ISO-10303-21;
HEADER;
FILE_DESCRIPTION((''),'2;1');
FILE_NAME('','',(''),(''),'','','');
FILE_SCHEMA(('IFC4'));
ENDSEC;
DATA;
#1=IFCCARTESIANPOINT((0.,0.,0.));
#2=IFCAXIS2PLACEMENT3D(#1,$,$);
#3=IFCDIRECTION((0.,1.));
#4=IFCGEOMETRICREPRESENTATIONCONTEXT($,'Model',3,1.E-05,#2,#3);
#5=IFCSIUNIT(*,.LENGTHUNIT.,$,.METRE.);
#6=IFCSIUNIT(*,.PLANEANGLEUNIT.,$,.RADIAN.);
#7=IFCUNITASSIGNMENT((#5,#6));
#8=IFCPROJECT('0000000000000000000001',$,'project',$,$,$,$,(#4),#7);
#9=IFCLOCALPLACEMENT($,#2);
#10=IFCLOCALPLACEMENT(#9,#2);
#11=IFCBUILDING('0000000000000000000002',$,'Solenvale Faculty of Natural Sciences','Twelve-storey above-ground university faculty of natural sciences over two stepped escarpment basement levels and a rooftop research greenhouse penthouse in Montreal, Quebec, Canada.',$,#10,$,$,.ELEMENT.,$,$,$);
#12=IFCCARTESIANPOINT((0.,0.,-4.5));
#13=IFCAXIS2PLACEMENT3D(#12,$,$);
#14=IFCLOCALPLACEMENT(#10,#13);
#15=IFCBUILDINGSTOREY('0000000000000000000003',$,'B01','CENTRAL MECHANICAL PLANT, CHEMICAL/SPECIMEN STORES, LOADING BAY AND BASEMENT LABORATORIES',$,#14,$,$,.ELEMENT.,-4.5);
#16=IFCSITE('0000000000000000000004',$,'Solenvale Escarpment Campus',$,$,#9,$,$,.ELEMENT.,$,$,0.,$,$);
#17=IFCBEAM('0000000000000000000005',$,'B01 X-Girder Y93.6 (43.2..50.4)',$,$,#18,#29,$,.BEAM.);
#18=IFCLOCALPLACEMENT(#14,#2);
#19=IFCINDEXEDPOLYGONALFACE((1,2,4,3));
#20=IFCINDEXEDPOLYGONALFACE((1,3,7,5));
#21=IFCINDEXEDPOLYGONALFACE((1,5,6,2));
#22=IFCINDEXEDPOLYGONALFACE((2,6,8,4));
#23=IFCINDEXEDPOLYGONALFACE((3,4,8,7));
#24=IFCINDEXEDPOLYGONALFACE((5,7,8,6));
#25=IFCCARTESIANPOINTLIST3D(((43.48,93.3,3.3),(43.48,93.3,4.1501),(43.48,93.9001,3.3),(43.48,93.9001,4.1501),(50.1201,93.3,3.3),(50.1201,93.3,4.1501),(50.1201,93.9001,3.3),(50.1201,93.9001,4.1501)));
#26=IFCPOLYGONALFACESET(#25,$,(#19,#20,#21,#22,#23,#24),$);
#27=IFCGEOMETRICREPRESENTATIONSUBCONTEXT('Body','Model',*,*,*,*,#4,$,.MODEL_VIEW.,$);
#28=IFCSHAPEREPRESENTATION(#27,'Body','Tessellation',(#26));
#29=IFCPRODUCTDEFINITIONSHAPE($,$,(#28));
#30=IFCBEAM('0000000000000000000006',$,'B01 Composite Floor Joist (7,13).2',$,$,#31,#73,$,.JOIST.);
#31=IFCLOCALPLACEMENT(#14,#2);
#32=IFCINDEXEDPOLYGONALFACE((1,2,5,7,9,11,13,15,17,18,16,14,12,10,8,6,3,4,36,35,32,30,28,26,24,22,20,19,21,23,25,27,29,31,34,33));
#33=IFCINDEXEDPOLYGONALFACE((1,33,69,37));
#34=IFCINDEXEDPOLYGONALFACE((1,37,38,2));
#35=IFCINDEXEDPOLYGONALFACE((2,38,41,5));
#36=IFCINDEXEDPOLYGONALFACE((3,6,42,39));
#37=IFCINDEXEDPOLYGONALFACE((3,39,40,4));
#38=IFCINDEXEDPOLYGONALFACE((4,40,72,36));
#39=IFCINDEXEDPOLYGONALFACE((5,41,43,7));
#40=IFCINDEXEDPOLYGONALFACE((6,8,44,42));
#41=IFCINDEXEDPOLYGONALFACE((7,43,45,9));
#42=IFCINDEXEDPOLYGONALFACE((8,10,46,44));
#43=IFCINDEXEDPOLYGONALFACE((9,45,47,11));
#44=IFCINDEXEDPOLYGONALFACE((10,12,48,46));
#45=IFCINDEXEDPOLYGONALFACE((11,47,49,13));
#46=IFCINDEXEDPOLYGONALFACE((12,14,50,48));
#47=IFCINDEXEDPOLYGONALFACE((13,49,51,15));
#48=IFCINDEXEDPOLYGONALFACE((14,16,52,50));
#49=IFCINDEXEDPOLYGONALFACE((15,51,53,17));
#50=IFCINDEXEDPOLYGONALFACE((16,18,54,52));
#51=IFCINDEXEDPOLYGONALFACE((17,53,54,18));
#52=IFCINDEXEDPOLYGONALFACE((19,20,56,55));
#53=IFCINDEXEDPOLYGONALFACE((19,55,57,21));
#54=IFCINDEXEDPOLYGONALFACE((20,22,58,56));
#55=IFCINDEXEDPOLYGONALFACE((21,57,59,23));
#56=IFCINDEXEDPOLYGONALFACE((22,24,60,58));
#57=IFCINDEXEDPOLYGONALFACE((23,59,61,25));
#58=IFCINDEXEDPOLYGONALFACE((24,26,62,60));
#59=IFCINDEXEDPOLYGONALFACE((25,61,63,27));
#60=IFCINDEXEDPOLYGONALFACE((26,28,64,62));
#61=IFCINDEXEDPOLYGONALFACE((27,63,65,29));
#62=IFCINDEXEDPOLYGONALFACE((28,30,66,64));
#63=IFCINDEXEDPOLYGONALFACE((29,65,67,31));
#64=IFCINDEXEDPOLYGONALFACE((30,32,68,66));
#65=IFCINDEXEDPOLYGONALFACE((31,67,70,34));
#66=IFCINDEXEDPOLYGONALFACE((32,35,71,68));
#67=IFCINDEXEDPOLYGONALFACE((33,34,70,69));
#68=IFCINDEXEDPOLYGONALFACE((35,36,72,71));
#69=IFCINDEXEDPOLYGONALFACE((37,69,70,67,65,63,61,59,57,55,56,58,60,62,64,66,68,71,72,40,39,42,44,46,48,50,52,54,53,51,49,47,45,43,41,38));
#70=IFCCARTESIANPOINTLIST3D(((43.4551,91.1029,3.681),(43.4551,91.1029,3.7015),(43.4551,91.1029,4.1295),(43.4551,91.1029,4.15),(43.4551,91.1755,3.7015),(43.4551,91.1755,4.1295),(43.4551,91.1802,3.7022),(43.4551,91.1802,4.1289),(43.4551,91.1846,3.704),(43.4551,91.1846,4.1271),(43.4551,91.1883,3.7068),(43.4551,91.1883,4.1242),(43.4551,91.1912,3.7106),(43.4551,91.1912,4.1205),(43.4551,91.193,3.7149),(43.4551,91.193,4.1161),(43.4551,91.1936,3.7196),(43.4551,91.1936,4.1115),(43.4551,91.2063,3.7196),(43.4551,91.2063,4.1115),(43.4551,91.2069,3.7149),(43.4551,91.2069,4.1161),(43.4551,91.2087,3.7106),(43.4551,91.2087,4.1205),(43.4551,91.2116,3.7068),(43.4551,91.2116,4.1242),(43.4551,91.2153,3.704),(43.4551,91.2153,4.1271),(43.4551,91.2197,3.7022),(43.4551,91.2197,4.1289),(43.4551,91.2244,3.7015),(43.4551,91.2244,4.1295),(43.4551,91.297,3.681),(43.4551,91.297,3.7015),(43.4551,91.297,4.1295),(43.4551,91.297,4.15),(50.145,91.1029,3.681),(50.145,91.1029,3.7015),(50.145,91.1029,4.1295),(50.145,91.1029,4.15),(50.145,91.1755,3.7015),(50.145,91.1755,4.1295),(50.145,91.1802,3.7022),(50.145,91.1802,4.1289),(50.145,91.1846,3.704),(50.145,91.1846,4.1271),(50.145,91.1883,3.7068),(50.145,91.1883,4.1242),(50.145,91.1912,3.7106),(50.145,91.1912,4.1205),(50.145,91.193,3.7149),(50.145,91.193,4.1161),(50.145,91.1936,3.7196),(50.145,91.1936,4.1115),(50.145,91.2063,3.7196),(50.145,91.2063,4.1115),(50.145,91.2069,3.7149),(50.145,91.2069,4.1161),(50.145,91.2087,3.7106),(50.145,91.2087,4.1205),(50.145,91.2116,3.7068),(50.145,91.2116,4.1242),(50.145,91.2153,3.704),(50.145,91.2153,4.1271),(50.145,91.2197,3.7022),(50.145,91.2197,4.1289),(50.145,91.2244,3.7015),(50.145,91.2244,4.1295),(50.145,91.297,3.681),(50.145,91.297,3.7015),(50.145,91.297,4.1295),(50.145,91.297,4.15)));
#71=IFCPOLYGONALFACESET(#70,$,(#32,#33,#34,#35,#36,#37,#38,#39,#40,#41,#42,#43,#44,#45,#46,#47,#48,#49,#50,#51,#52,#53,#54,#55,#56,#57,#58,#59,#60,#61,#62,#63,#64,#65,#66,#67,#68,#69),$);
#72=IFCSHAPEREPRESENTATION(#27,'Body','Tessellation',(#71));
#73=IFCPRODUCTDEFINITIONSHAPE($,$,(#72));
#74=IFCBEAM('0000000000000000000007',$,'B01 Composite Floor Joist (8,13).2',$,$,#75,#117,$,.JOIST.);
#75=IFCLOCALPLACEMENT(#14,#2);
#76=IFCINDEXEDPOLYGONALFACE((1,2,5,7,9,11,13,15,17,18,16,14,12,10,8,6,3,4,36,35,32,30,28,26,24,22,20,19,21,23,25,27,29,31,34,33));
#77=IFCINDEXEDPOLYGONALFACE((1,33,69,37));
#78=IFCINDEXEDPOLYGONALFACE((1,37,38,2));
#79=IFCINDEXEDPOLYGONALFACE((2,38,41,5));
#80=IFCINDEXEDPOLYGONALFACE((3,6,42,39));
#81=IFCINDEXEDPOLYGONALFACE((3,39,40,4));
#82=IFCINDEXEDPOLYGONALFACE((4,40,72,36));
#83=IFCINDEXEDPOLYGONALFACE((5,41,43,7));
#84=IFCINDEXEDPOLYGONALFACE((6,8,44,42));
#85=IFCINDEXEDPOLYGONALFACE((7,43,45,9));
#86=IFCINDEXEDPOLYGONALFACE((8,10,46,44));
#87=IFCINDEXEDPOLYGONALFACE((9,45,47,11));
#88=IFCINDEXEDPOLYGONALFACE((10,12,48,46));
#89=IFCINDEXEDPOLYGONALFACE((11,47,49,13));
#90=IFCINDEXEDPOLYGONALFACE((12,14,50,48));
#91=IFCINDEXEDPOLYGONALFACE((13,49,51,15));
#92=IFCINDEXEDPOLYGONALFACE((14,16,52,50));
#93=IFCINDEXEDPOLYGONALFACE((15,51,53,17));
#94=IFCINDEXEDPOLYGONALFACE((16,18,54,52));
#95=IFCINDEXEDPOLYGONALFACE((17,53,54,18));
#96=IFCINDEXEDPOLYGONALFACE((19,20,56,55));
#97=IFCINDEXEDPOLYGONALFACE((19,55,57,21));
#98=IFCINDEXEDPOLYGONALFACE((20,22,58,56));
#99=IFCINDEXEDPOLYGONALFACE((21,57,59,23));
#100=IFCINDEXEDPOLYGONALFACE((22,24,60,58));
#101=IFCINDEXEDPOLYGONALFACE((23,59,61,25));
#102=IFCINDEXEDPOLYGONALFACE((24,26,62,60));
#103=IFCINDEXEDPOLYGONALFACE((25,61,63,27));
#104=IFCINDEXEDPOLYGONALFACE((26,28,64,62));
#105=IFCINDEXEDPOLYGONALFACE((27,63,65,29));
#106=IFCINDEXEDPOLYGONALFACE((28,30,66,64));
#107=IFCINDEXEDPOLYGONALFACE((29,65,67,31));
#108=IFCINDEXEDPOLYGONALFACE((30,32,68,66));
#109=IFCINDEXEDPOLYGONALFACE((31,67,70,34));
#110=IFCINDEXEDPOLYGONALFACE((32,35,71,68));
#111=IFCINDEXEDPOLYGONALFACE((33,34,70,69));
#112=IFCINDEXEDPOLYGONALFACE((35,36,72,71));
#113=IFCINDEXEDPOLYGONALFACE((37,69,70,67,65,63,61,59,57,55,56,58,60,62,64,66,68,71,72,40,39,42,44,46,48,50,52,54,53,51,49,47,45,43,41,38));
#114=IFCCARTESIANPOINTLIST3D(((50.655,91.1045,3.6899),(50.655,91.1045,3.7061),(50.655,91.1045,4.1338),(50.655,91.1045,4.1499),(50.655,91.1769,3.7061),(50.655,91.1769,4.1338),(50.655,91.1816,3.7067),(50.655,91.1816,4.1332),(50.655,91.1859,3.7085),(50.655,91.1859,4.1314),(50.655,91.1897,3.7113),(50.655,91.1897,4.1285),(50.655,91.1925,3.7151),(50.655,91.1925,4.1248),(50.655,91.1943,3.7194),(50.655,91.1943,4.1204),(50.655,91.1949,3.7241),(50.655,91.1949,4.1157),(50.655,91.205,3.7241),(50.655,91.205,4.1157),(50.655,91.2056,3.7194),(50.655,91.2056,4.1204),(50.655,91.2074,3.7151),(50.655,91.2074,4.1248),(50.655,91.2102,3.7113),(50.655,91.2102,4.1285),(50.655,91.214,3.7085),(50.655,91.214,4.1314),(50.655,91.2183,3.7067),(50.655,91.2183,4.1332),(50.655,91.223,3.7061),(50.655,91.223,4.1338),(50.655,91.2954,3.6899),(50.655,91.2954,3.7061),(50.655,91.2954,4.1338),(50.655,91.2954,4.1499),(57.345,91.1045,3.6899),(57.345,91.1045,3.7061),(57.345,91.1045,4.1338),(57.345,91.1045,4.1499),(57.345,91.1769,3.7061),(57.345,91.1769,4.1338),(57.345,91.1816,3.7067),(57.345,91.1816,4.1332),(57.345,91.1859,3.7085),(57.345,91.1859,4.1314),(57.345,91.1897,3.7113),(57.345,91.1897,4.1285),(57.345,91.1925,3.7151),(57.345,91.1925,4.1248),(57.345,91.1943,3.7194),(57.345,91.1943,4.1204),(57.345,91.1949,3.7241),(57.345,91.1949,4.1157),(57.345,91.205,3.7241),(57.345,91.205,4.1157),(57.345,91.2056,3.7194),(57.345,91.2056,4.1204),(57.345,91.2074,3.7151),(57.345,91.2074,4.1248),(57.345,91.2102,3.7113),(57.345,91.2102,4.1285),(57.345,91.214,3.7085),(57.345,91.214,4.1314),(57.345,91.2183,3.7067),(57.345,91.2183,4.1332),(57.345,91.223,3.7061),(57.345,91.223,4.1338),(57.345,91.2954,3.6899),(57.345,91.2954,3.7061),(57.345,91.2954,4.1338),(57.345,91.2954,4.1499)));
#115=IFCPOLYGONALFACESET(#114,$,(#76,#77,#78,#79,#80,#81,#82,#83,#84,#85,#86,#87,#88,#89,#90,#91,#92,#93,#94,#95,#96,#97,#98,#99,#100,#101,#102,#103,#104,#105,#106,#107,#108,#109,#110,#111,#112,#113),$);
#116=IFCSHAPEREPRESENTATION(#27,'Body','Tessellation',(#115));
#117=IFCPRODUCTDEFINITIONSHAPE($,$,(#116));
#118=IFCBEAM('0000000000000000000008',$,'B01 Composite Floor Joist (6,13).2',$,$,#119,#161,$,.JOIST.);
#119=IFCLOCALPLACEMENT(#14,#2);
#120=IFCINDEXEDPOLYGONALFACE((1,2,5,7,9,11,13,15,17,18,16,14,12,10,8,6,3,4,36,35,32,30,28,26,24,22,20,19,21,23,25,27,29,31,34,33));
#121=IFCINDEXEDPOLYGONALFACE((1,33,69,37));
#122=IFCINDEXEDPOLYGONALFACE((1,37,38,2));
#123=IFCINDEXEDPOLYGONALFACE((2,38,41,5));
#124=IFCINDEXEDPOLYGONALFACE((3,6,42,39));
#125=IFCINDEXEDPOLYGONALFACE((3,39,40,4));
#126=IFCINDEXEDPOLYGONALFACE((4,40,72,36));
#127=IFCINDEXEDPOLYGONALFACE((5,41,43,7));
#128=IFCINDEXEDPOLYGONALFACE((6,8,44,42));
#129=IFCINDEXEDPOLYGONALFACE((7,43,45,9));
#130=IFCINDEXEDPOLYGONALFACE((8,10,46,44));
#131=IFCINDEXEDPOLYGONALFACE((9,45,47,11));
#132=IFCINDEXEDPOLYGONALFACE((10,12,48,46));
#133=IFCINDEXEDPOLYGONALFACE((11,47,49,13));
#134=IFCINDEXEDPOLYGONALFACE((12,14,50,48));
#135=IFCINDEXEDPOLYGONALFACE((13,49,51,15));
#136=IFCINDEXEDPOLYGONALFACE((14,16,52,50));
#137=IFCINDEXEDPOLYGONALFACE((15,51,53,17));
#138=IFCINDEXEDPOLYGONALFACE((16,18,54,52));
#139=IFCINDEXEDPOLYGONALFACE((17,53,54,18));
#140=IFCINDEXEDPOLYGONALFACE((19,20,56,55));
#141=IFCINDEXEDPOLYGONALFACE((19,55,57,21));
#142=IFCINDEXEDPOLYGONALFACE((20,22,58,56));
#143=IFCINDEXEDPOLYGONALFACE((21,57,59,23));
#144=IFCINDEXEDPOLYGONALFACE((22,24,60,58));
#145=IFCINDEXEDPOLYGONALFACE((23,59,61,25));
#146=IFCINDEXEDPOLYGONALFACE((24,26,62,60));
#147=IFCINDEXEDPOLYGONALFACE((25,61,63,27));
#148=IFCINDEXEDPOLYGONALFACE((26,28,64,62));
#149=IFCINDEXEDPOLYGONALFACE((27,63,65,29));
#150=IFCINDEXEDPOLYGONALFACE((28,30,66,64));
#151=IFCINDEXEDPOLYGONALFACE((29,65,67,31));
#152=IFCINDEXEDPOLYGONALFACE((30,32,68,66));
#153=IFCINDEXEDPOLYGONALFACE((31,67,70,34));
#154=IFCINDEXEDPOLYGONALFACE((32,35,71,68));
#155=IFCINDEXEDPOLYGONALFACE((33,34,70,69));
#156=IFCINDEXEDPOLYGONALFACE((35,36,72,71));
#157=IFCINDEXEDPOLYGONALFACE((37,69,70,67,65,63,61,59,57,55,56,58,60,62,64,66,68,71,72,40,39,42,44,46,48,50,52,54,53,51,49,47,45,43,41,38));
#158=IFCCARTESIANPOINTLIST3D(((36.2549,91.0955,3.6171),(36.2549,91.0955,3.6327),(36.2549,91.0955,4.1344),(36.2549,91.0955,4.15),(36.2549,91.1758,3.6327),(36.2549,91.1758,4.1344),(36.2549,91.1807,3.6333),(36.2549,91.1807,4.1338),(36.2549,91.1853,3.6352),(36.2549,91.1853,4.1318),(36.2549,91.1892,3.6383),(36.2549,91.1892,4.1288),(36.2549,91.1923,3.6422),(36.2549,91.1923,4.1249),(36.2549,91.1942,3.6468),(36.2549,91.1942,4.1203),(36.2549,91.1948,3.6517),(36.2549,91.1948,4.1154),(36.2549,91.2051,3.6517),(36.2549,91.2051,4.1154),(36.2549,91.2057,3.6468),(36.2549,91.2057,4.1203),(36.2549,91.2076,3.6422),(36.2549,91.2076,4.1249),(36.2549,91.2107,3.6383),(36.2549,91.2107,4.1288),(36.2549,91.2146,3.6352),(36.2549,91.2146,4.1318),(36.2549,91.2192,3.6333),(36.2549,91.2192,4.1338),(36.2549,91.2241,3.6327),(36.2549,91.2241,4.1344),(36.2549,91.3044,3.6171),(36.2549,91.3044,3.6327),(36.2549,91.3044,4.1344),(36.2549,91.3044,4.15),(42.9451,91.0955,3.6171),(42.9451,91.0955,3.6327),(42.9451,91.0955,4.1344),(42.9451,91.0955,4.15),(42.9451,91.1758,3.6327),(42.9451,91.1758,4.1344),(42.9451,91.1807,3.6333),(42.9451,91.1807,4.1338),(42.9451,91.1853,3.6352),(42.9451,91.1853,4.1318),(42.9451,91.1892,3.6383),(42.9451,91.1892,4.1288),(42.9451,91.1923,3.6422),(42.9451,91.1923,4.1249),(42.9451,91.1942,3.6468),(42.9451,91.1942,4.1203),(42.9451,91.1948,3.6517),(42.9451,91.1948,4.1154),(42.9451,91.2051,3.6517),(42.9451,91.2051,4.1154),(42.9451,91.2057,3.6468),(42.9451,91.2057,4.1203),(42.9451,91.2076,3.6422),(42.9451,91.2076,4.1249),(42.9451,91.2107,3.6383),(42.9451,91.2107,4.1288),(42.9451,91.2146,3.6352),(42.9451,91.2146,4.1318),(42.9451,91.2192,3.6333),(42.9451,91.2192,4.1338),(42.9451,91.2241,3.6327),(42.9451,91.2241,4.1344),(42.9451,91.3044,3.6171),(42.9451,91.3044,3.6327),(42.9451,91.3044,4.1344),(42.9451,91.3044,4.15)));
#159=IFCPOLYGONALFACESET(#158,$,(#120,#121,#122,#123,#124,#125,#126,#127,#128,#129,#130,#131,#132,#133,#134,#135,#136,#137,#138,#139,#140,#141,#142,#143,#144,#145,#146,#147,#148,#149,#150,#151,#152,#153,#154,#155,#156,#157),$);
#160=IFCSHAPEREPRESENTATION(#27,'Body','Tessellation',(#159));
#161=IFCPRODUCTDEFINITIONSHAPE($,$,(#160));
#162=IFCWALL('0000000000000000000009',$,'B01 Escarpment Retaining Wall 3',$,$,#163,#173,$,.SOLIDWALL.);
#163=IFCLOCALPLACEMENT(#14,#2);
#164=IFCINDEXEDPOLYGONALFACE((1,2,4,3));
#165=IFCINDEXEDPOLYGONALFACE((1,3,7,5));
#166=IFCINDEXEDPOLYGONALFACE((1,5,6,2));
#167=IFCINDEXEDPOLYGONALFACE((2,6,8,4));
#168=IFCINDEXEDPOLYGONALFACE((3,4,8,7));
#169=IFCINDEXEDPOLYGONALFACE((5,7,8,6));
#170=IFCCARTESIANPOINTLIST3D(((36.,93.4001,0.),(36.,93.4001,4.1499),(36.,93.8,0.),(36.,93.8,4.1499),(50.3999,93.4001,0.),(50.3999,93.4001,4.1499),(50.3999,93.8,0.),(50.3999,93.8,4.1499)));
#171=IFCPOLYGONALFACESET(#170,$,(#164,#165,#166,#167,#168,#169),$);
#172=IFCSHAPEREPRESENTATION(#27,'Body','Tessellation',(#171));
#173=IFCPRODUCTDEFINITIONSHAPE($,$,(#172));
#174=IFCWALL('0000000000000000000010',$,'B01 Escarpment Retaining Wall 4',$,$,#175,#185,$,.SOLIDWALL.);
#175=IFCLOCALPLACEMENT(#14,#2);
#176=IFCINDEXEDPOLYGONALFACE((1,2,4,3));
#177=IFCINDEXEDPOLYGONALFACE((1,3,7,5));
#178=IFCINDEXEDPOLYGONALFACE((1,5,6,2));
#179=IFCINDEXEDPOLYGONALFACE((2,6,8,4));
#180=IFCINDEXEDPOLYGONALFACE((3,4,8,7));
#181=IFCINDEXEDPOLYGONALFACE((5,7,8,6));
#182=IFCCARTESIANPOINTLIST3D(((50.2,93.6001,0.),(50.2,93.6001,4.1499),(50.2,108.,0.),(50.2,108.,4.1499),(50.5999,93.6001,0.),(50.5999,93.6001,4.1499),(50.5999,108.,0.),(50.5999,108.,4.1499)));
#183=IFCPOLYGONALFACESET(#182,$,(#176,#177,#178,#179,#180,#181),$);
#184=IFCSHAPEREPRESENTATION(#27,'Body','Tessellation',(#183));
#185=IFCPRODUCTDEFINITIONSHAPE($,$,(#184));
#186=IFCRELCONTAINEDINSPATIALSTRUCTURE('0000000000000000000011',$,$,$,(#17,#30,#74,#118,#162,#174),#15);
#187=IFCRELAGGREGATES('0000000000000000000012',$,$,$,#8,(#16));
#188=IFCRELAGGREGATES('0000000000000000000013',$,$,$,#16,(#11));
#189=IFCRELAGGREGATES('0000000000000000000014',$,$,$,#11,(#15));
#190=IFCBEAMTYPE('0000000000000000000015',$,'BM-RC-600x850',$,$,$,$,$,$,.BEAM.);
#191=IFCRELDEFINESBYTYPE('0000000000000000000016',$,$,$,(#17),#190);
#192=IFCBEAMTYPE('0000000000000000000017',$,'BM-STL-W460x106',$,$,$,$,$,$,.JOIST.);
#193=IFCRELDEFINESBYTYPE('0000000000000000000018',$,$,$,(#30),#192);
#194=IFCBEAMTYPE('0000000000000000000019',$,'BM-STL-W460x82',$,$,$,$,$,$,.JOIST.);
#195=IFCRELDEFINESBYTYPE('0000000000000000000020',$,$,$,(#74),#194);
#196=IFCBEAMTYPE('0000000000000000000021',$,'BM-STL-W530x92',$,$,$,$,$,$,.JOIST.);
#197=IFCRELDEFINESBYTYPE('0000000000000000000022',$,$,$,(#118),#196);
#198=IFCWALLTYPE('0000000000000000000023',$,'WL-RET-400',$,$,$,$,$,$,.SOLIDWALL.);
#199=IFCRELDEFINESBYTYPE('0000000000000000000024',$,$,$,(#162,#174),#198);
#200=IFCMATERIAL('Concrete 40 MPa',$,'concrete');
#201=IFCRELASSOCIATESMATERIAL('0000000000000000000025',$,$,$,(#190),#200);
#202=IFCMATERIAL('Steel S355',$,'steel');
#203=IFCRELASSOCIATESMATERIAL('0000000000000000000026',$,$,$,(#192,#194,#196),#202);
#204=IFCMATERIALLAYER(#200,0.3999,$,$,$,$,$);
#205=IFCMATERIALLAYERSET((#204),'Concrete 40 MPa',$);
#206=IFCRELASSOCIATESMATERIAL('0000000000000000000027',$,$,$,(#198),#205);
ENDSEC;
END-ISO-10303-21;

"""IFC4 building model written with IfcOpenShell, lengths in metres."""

from ifc_helpers import new_model, si_unit, direction, frame, frame_2d, origin, origin_2d, place, context, subcontext, project, spatial, rectangle, i_section, extrude, material, layer, layer_set, material_profile, profile_set, type_object, element, save


model = new_model("IFC4")

# Units and contexts
model_context = context("Model", 3, precision=1e-05, world=origin(), true_north=direction((0.0, 1.0)))
body_context = subcontext(model_context, "Body", "Model", "MODEL_VIEW")
ifc_project = project(units=[si_unit("LENGTHUNIT", "METRE"), si_unit("PLANEANGLEUNIT", "RADIAN")], contexts=[model_context])

# Site, building, storey
site_placement = place(None, origin())
site = spatial("IfcSite", under=ifc_project, at=site_placement, Name="Solenvale Escarpment Campus", CompositionType="ELEMENT", RefElevation=0.0)
building_placement = place(site_placement, origin())
building = spatial("IfcBuilding", under=site, at=building_placement, Name="Solenvale Faculty of Natural Sciences", Description="Twelve-storey above-ground university faculty of natural sciences over two stepped escarpment basement levels and a rooftop research greenhouse penthouse in Montreal, Quebec, Canada.", CompositionType="ELEMENT")
storey_placement = place(building_placement, frame((0.0, 0.0, -4.5)))
storey = spatial("IfcBuildingStorey", under=building, at=storey_placement, Name="B01", Description="CENTRAL MECHANICAL PLANT, CHEMICAL/SPECIMEN STORES, LOADING BAY AND BASEMENT LABORATORIES", CompositionType="ELEMENT", Elevation=-4.5)

# Shared definitions
ifc_material_1 = material(Name="Concrete 40 MPa", Category="concrete")

# Beams
ifc_material_profile_1 = material_profile(ifc_material_1, rectangle(XDim=0.6001, YDim=0.8501, at=origin_2d()), Name="RC-BM-600x850")
ifc_profile_set_1 = profile_set([ifc_material_profile_1], Name="Concrete 40 MPa")
beam_type_1 = type_object("IfcBeamType", Name="BM-RC-600x850", PredefinedType="BEAM", material=ifc_profile_set_1)
beam_1_placement = place(storey_placement, frame((43.48, 93.6001, 3.7251), z_axis=(1.0, 0.0, 0.0), x_axis=(0.0, 1.0, 0.0)))
element("IfcBeam", 1, at=beam_1_placement, inside=storey, type_object=beam_type_1, Name="B01 X-Girder Y93.6 (43.2..50.4)", PredefinedType="BEAM", context=body_context, shape_type="SweptSolid", body=[
    extrude(rectangle(XDim=0.6001, YDim=0.8501, at=origin_2d()), origin(), (0.0, 0.0, 1.0), 6.6401),
])
ifc_material_2 = material(Name="Steel S355", Category="steel")
ifc_material_profile_2 = material_profile(ifc_material_2, i_section(OverallWidth=0.1941, OverallDepth=0.469, WebThickness=0.0127, FlangeThickness=0.0205, FilletRadius=0.0181, at=origin_2d()), Name="W460x106")
ifc_profile_set_2 = profile_set([ifc_material_profile_2], Name="Steel S355")
beam_type_2 = type_object("IfcBeamType", Name="BM-STL-W460x106", PredefinedType="JOIST", material=ifc_profile_set_2)
beam_2_placement = place(storey_placement, frame((43.4551, 91.2, 3.9155), z_axis=(1.0, 0.0, 0.0), x_axis=(0.0, 1.0, 0.0)))
element("IfcBeam", 2, at=beam_2_placement, inside=storey, type_object=beam_type_2, Name="B01 Composite Floor Joist (7,13).2", PredefinedType="JOIST", context=body_context, shape_type="SweptSolid", body=[
    extrude(i_section(OverallWidth=0.1941, OverallDepth=0.469, WebThickness=0.0127, FlangeThickness=0.0205, FilletRadius=0.0181, at=origin_2d()), origin(), (0.0, 0.0, 1.0), 6.6899),
])
ifc_material_profile_3 = material_profile(ifc_material_2, i_section(OverallWidth=0.1909, OverallDepth=0.46, WebThickness=0.01, FlangeThickness=0.0161, FilletRadius=0.0181, at=origin_2d()), Name="W460x82")
ifc_profile_set_3 = profile_set([ifc_material_profile_3], Name="Steel S355")
beam_type_3 = type_object("IfcBeamType", Name="BM-STL-W460x82", PredefinedType="JOIST", material=ifc_profile_set_3)
beam_3_placement = place(storey_placement, frame((50.655, 91.2, 3.9199), z_axis=(1.0, 0.0, 0.0), x_axis=(0.0, 1.0, 0.0)))
element("IfcBeam", 3, at=beam_3_placement, inside=storey, type_object=beam_type_3, Name="B01 Composite Floor Joist (8,13).2", PredefinedType="JOIST", context=body_context, shape_type="SweptSolid", body=[
    extrude(i_section(OverallWidth=0.1909, OverallDepth=0.46, WebThickness=0.01, FlangeThickness=0.0161, FilletRadius=0.0181, at=origin_2d()), origin(), (0.0, 0.0, 1.0), 6.6899),
])
ifc_material_profile_4 = material_profile(ifc_material_2, i_section(OverallWidth=0.209, OverallDepth=0.533, WebThickness=0.0103, FlangeThickness=0.0156, FilletRadius=0.019, at=origin_2d()), Name="W530x92")
ifc_profile_set_4 = profile_set([ifc_material_profile_4], Name="Steel S355")
beam_type_4 = type_object("IfcBeamType", Name="BM-STL-W530x92", PredefinedType="JOIST", material=ifc_profile_set_4)
beam_4_placement = place(storey_placement, frame((36.2549, 91.2, 3.8835), z_axis=(1.0, 0.0, 0.0), x_axis=(0.0, 1.0, 0.0)))
element("IfcBeam", 4, at=beam_4_placement, inside=storey, type_object=beam_type_4, Name="B01 Composite Floor Joist (6,13).2", PredefinedType="JOIST", context=body_context, shape_type="SweptSolid", body=[
    extrude(i_section(OverallWidth=0.209, OverallDepth=0.533, WebThickness=0.0103, FlangeThickness=0.0156, FilletRadius=0.019, at=origin_2d()), origin(), (0.0, 0.0, 1.0), 6.6902),
])

# Walls
ifc_layer_1 = layer(ifc_material_1, 0.3999)
ifc_layer_set_1 = layer_set([ifc_layer_1], Name="Concrete 40 MPa")
wall_type_1 = type_object("IfcWallType", Name="WL-RET-400", PredefinedType="SOLIDWALL", material=ifc_layer_set_1)
for number, where, z_axis, x_axis, name in (
    (5, (36.0, 93.6001, 0.0), (0.0, 0.0, 1.0), (1.0, 0.0, 0.0), "B01 Escarpment Retaining Wall 3"),
    (6, (50.3999, 93.6001, 0.0), (0.0, 0.0, 1.0), (0.0, 1.0, 0.0), "B01 Escarpment Retaining Wall 4"),
):
    element("IfcWall", number, at=place(storey_placement, frame(where, z_axis=z_axis, x_axis=x_axis)), inside=storey, type_object=wall_type_1, Name=name, PredefinedType="SOLIDWALL", context=body_context, shape_type="SweptSolid", body=[
        extrude(rectangle(XDim=14.3999, YDim=0.3999, at=frame_2d((7.2, 0.0))), origin(), (0.0, 0.0, 1.0), 4.1499),
    ])

save(model, "model.ifc")
